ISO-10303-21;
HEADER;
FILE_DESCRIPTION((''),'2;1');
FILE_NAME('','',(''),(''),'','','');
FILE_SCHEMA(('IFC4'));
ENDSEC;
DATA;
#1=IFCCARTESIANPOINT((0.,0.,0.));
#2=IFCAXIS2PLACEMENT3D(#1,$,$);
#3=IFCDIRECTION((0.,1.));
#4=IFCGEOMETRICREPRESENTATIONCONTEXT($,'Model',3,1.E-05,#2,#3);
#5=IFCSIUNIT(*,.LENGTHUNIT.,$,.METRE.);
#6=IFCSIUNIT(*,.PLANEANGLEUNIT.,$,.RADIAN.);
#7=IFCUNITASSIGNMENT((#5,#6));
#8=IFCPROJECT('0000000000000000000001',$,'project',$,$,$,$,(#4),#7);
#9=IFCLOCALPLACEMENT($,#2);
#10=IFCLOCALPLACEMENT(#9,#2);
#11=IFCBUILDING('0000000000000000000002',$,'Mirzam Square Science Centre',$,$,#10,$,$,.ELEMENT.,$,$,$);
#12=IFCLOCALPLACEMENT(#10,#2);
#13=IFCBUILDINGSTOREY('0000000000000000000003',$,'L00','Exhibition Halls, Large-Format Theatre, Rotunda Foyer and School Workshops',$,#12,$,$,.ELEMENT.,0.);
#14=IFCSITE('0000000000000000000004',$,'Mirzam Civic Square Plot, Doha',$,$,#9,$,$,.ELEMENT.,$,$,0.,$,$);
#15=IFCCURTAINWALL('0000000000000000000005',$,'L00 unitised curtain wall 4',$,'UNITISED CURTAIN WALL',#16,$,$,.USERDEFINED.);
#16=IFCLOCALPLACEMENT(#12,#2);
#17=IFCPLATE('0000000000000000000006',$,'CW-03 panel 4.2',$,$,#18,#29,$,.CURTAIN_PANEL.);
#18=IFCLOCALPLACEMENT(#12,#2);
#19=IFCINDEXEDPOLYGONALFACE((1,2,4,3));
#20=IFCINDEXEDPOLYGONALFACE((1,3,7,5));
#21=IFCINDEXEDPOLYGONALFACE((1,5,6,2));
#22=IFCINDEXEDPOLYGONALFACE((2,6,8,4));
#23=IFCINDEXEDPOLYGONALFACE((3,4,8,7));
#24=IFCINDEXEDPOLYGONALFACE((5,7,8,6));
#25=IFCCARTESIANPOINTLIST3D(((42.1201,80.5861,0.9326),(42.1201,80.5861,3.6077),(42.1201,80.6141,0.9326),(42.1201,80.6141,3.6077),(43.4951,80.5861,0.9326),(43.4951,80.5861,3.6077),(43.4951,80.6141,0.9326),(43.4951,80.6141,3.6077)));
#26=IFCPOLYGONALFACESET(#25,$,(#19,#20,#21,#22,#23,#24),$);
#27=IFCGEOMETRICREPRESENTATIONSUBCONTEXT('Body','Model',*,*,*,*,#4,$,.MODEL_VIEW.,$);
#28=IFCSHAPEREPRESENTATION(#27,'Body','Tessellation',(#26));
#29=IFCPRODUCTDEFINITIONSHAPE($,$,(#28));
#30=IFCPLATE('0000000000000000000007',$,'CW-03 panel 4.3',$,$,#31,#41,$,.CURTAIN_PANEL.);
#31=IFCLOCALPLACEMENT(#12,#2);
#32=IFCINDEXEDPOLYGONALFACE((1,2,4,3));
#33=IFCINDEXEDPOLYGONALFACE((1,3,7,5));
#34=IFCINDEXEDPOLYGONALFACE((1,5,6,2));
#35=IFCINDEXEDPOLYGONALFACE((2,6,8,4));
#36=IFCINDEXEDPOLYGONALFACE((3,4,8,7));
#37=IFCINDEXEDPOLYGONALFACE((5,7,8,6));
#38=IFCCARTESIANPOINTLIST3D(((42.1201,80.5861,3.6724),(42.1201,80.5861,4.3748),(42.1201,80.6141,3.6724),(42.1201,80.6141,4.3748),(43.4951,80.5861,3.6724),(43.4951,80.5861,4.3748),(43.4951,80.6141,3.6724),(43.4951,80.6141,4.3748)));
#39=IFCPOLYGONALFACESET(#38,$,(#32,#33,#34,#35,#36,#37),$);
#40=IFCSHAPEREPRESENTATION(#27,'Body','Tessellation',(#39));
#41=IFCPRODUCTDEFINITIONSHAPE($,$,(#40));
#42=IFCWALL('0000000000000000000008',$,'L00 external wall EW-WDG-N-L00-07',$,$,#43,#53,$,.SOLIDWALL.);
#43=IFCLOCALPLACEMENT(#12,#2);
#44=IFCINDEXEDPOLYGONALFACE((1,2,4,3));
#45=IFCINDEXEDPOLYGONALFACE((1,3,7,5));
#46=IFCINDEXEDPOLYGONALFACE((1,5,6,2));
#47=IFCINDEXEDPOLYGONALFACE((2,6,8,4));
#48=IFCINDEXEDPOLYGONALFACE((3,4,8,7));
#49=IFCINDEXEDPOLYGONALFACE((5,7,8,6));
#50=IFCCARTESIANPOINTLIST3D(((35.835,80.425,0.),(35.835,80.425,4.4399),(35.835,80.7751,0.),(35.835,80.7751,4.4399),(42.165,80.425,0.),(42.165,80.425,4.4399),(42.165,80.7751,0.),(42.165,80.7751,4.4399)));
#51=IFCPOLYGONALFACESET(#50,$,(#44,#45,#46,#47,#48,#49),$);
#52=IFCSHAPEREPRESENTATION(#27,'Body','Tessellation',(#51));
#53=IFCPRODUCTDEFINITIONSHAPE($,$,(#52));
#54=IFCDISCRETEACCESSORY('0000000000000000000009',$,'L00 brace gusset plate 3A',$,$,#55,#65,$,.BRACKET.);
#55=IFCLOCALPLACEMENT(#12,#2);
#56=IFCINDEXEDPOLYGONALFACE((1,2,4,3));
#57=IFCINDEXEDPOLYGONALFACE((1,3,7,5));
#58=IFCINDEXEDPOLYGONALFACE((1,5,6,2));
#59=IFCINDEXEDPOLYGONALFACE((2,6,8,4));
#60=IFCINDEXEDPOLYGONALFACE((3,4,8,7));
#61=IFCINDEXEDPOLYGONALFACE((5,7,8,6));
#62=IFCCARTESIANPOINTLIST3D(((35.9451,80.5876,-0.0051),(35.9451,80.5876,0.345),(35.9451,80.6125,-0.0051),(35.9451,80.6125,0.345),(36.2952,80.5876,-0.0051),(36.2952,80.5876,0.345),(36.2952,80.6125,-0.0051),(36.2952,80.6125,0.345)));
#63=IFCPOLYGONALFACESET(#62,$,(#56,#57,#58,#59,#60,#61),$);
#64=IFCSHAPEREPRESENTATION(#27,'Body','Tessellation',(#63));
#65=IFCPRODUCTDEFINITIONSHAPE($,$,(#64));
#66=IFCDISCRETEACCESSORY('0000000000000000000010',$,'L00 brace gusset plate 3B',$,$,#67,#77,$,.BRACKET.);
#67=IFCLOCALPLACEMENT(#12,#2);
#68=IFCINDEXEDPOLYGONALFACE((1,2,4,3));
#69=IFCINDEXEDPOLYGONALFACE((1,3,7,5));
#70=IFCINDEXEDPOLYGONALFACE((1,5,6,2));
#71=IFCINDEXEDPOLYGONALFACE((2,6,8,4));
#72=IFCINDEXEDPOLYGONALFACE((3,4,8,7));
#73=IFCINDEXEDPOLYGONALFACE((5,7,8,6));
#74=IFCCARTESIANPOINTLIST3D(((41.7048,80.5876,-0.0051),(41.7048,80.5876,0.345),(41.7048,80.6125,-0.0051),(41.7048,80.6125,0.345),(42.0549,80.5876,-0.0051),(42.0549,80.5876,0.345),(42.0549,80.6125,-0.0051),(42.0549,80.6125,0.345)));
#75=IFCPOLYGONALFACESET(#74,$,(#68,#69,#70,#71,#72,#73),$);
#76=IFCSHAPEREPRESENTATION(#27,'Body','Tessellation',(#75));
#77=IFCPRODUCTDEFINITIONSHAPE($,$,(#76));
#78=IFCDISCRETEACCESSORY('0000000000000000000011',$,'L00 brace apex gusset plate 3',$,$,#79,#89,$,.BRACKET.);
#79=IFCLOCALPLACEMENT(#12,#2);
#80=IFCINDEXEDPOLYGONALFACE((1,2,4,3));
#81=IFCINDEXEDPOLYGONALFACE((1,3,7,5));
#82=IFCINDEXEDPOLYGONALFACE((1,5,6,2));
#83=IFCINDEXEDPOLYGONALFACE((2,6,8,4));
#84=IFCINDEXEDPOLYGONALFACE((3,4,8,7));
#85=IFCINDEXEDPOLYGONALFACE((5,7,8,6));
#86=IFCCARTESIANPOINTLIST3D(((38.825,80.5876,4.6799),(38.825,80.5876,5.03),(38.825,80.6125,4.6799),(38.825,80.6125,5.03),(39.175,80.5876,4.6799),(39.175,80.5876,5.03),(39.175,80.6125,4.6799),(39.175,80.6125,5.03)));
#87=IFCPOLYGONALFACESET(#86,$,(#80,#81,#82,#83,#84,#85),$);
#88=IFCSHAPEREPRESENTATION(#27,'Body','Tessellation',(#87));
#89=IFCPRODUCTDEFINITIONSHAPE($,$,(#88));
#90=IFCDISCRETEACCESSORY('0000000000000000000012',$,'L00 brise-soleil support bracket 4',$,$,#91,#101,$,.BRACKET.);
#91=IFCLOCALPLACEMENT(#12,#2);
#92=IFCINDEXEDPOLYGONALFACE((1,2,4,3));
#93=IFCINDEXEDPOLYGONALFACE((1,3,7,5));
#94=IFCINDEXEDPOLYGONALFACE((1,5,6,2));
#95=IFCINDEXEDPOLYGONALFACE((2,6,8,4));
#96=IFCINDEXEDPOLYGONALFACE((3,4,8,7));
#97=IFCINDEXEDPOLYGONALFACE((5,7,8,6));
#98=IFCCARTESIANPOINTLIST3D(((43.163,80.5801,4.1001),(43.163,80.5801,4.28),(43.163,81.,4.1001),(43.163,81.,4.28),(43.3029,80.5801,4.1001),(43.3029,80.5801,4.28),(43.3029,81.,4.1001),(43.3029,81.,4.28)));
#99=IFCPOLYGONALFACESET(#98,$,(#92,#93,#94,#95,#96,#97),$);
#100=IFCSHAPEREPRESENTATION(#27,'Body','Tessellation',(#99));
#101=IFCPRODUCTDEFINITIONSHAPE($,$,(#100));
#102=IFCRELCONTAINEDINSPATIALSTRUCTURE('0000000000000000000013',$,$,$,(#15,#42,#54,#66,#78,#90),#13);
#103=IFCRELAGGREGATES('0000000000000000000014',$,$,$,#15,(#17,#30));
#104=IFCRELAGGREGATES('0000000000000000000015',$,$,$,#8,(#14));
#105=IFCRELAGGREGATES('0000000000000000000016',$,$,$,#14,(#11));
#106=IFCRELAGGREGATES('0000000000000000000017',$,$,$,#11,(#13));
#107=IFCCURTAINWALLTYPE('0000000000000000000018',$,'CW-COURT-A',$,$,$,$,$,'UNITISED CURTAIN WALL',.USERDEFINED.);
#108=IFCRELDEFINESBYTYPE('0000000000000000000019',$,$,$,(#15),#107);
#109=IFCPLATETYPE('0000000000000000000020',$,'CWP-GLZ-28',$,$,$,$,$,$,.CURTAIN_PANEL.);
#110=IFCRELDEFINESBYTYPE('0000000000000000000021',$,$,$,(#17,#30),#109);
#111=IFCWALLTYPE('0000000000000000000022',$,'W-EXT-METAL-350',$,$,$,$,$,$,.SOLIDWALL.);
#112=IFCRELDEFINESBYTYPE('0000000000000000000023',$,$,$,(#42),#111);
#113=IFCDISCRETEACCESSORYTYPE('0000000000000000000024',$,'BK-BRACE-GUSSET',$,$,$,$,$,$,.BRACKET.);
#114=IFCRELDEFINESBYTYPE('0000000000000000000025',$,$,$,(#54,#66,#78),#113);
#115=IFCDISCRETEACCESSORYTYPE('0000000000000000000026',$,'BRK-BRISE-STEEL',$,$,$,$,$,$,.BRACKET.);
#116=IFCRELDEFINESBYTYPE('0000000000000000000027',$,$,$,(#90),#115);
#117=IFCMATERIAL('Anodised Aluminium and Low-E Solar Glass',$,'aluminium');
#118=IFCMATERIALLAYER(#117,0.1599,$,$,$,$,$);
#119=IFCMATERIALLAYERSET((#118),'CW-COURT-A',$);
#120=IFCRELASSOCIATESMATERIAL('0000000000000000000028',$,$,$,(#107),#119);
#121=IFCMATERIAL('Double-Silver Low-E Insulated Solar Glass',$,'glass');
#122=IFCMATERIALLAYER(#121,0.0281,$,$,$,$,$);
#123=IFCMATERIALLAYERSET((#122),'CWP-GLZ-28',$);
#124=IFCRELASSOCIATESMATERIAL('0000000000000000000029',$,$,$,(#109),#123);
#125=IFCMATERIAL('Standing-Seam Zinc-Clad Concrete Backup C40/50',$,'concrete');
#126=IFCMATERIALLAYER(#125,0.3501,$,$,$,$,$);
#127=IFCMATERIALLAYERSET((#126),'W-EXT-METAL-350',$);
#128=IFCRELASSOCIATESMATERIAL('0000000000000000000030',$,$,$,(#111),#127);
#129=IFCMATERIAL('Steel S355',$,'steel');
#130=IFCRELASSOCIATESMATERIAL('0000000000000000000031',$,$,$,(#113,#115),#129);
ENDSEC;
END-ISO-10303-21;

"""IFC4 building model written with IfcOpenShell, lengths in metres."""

from ifc_helpers import new_model, si_unit, direction, frame, frame_2d, origin, origin_2d, place, context, subcontext, project, spatial, rectangle, extrude, material, layer, layer_set, type_object, element, aggregate, save


model = new_model("IFC4")

# Units and contexts
model_context = context("Model", 3, precision=1e-05, world=origin(), true_north=direction((0.0, 1.0)))
body_context = subcontext(model_context, "Body", "Model", "MODEL_VIEW")
ifc_project = project(units=[si_unit("LENGTHUNIT", "METRE"), si_unit("PLANEANGLEUNIT", "RADIAN")], contexts=[model_context])

# Site, building, storey
site_placement = place(None, origin())
site = spatial("IfcSite", under=ifc_project, at=site_placement, Name="Mirzam Civic Square Plot, Doha", CompositionType="ELEMENT", RefElevation=0.0)
building_placement = place(site_placement, origin())
building = spatial("IfcBuilding", under=site, at=building_placement, Name="Mirzam Square Science Centre", CompositionType="ELEMENT")
storey_placement = place(building_placement, origin())
storey = spatial("IfcBuildingStorey", under=building, at=storey_placement, Name="L00", Description="Exhibition Halls, Large-Format Theatre, Rotunda Foyer and School Workshops", CompositionType="ELEMENT", Elevation=0.0)

# Shared definitions
ifc_material_1 = material(Name="Steel S355", Category="steel")

# Curtain wall
ifc_material_2 = material(Name="Anodised Aluminium and Low-E Solar Glass", Category="aluminium")
ifc_layer_1 = layer(ifc_material_2, 0.1599)
ifc_layer_set_1 = layer_set([ifc_layer_1], Name="CW-COURT-A")
curtain_wall_type = type_object("IfcCurtainWallType", Name="CW-COURT-A", ElementType="UNITISED CURTAIN WALL", PredefinedType="USERDEFINED", material=ifc_layer_set_1)
curtain_wall_placement = place(storey_placement, origin())
curtain_wall = element("IfcCurtainWall", 1, at=curtain_wall_placement, inside=storey, type_object=curtain_wall_type, Name="L00 unitised curtain wall 4", ObjectType="UNITISED CURTAIN WALL", PredefinedType="USERDEFINED")

# Plates
ifc_material_3 = material(Name="Double-Silver Low-E Insulated Solar Glass", Category="glass")
ifc_layer_2 = layer(ifc_material_3, 0.0281)
ifc_layer_set_2 = layer_set([ifc_layer_2], Name="CWP-GLZ-28")
plate_type = type_object("IfcPlateType", Name="CWP-GLZ-28", PredefinedType="CURTAIN_PANEL", material=ifc_layer_set_2)
plate_1_placement = place(storey_placement, frame((42.8076, 80.6001, 0.9326), z_axis=(0.0, 0.0, 1.0), x_axis=(-1.0, 0.0, 0.0)))
plate_1 = element("IfcPlate", 2, at=plate_1_placement, type_object=plate_type, Name="CW-03 panel 4.2", PredefinedType="CURTAIN_PANEL", context=body_context, shape_type="SweptSolid", body=[
    extrude(rectangle(XDim=1.375, YDim=0.0281, at=origin_2d()), origin(), (0.0, 0.0, 1.0), 2.675),
])
plate_2_placement = place(storey_placement, frame((42.8076, 80.6001, 3.6724), z_axis=(0.0, 0.0, 1.0), x_axis=(-1.0, 0.0, 0.0)))
plate_2 = element("IfcPlate", 3, at=plate_2_placement, type_object=plate_type, Name="CW-03 panel 4.3", PredefinedType="CURTAIN_PANEL", context=body_context, shape_type="SweptSolid", body=[
    extrude(rectangle(XDim=1.375, YDim=0.0281, at=origin_2d()), origin(), (0.0, 0.0, 1.0), 0.7024),
])
aggregate(curtain_wall, [plate_1, plate_2])

# Wall
ifc_material_4 = material(Name="Standing-Seam Zinc-Clad Concrete Backup C40/50", Category="concrete")
ifc_layer_3 = layer(ifc_material_4, 0.3501)
ifc_layer_set_3 = layer_set([ifc_layer_3], Name="W-EXT-METAL-350")
wall_type = type_object("IfcWallType", Name="W-EXT-METAL-350", PredefinedType="SOLIDWALL", material=ifc_layer_set_3)
wall_placement = place(storey_placement, frame((42.165, 80.6001, 0.0), z_axis=(0.0, 0.0, 1.0), x_axis=(-1.0, 0.0, 0.0)))
element("IfcWall", 4, at=wall_placement, inside=storey, type_object=wall_type, Name="L00 external wall EW-WDG-N-L00-07", PredefinedType="SOLIDWALL", context=body_context, shape_type="SweptSolid", body=[
    extrude(rectangle(XDim=6.3301, YDim=0.3501, at=frame_2d((3.165, 0.0))), origin(), (0.0, 0.0, 1.0), 4.4399),
])

# Discrete accessories
discrete_accessory_type_1 = type_object("IfcDiscreteAccessoryType", Name="BK-BRACE-GUSSET", PredefinedType="BRACKET", material=ifc_material_1)
for number, where, z_axis, x_axis, name in (
    (5, (36.1201, 80.6001, -0.0051), (0.0, 0.0, 1.0), (1.0, 0.0, 0.0), "L00 brace gusset plate 3A"),
    (6, (41.8799, 80.6001, -0.0051), (0.0, 0.0, 1.0), (1.0, 0.0, 0.0), "L00 brace gusset plate 3B"),
    (7, (39.0, 80.6001, 4.6799), (0.0, 0.0, 1.0), (1.0, 0.0, 0.0), "L00 brace apex gusset plate 3"),
):
    element("IfcDiscreteAccessory", number, at=place(storey_placement, frame(where, z_axis=z_axis, x_axis=x_axis)), inside=storey, type_object=discrete_accessory_type_1, Name=name, PredefinedType="BRACKET", context=body_context, shape_type="SweptSolid", body=[
        extrude(rectangle(XDim=0.3501, YDim=0.0249, at=origin_2d()), origin(), (0.0, 0.0, 1.0), 0.3501),
    ])
discrete_accessory_type_2 = type_object("IfcDiscreteAccessoryType", Name="BRK-BRISE-STEEL", PredefinedType="BRACKET", material=ifc_material_1)
discrete_accessory_placement = place(storey_placement, frame((43.2329, 80.79, 4.1001), z_axis=(0.0, 0.0, 1.0), x_axis=(-1.0, 0.0, 0.0)))
element("IfcDiscreteAccessory", 8, at=discrete_accessory_placement, inside=storey, type_object=discrete_accessory_type_2, Name="L00 brise-soleil support bracket 4", PredefinedType="BRACKET", context=body_context, shape_type="SweptSolid", body=[
    extrude(rectangle(XDim=0.1399, YDim=0.4199, at=origin_2d()), origin(), (0.0, 0.0, 1.0), 0.1799),
])

save(model, "model.ifc")
